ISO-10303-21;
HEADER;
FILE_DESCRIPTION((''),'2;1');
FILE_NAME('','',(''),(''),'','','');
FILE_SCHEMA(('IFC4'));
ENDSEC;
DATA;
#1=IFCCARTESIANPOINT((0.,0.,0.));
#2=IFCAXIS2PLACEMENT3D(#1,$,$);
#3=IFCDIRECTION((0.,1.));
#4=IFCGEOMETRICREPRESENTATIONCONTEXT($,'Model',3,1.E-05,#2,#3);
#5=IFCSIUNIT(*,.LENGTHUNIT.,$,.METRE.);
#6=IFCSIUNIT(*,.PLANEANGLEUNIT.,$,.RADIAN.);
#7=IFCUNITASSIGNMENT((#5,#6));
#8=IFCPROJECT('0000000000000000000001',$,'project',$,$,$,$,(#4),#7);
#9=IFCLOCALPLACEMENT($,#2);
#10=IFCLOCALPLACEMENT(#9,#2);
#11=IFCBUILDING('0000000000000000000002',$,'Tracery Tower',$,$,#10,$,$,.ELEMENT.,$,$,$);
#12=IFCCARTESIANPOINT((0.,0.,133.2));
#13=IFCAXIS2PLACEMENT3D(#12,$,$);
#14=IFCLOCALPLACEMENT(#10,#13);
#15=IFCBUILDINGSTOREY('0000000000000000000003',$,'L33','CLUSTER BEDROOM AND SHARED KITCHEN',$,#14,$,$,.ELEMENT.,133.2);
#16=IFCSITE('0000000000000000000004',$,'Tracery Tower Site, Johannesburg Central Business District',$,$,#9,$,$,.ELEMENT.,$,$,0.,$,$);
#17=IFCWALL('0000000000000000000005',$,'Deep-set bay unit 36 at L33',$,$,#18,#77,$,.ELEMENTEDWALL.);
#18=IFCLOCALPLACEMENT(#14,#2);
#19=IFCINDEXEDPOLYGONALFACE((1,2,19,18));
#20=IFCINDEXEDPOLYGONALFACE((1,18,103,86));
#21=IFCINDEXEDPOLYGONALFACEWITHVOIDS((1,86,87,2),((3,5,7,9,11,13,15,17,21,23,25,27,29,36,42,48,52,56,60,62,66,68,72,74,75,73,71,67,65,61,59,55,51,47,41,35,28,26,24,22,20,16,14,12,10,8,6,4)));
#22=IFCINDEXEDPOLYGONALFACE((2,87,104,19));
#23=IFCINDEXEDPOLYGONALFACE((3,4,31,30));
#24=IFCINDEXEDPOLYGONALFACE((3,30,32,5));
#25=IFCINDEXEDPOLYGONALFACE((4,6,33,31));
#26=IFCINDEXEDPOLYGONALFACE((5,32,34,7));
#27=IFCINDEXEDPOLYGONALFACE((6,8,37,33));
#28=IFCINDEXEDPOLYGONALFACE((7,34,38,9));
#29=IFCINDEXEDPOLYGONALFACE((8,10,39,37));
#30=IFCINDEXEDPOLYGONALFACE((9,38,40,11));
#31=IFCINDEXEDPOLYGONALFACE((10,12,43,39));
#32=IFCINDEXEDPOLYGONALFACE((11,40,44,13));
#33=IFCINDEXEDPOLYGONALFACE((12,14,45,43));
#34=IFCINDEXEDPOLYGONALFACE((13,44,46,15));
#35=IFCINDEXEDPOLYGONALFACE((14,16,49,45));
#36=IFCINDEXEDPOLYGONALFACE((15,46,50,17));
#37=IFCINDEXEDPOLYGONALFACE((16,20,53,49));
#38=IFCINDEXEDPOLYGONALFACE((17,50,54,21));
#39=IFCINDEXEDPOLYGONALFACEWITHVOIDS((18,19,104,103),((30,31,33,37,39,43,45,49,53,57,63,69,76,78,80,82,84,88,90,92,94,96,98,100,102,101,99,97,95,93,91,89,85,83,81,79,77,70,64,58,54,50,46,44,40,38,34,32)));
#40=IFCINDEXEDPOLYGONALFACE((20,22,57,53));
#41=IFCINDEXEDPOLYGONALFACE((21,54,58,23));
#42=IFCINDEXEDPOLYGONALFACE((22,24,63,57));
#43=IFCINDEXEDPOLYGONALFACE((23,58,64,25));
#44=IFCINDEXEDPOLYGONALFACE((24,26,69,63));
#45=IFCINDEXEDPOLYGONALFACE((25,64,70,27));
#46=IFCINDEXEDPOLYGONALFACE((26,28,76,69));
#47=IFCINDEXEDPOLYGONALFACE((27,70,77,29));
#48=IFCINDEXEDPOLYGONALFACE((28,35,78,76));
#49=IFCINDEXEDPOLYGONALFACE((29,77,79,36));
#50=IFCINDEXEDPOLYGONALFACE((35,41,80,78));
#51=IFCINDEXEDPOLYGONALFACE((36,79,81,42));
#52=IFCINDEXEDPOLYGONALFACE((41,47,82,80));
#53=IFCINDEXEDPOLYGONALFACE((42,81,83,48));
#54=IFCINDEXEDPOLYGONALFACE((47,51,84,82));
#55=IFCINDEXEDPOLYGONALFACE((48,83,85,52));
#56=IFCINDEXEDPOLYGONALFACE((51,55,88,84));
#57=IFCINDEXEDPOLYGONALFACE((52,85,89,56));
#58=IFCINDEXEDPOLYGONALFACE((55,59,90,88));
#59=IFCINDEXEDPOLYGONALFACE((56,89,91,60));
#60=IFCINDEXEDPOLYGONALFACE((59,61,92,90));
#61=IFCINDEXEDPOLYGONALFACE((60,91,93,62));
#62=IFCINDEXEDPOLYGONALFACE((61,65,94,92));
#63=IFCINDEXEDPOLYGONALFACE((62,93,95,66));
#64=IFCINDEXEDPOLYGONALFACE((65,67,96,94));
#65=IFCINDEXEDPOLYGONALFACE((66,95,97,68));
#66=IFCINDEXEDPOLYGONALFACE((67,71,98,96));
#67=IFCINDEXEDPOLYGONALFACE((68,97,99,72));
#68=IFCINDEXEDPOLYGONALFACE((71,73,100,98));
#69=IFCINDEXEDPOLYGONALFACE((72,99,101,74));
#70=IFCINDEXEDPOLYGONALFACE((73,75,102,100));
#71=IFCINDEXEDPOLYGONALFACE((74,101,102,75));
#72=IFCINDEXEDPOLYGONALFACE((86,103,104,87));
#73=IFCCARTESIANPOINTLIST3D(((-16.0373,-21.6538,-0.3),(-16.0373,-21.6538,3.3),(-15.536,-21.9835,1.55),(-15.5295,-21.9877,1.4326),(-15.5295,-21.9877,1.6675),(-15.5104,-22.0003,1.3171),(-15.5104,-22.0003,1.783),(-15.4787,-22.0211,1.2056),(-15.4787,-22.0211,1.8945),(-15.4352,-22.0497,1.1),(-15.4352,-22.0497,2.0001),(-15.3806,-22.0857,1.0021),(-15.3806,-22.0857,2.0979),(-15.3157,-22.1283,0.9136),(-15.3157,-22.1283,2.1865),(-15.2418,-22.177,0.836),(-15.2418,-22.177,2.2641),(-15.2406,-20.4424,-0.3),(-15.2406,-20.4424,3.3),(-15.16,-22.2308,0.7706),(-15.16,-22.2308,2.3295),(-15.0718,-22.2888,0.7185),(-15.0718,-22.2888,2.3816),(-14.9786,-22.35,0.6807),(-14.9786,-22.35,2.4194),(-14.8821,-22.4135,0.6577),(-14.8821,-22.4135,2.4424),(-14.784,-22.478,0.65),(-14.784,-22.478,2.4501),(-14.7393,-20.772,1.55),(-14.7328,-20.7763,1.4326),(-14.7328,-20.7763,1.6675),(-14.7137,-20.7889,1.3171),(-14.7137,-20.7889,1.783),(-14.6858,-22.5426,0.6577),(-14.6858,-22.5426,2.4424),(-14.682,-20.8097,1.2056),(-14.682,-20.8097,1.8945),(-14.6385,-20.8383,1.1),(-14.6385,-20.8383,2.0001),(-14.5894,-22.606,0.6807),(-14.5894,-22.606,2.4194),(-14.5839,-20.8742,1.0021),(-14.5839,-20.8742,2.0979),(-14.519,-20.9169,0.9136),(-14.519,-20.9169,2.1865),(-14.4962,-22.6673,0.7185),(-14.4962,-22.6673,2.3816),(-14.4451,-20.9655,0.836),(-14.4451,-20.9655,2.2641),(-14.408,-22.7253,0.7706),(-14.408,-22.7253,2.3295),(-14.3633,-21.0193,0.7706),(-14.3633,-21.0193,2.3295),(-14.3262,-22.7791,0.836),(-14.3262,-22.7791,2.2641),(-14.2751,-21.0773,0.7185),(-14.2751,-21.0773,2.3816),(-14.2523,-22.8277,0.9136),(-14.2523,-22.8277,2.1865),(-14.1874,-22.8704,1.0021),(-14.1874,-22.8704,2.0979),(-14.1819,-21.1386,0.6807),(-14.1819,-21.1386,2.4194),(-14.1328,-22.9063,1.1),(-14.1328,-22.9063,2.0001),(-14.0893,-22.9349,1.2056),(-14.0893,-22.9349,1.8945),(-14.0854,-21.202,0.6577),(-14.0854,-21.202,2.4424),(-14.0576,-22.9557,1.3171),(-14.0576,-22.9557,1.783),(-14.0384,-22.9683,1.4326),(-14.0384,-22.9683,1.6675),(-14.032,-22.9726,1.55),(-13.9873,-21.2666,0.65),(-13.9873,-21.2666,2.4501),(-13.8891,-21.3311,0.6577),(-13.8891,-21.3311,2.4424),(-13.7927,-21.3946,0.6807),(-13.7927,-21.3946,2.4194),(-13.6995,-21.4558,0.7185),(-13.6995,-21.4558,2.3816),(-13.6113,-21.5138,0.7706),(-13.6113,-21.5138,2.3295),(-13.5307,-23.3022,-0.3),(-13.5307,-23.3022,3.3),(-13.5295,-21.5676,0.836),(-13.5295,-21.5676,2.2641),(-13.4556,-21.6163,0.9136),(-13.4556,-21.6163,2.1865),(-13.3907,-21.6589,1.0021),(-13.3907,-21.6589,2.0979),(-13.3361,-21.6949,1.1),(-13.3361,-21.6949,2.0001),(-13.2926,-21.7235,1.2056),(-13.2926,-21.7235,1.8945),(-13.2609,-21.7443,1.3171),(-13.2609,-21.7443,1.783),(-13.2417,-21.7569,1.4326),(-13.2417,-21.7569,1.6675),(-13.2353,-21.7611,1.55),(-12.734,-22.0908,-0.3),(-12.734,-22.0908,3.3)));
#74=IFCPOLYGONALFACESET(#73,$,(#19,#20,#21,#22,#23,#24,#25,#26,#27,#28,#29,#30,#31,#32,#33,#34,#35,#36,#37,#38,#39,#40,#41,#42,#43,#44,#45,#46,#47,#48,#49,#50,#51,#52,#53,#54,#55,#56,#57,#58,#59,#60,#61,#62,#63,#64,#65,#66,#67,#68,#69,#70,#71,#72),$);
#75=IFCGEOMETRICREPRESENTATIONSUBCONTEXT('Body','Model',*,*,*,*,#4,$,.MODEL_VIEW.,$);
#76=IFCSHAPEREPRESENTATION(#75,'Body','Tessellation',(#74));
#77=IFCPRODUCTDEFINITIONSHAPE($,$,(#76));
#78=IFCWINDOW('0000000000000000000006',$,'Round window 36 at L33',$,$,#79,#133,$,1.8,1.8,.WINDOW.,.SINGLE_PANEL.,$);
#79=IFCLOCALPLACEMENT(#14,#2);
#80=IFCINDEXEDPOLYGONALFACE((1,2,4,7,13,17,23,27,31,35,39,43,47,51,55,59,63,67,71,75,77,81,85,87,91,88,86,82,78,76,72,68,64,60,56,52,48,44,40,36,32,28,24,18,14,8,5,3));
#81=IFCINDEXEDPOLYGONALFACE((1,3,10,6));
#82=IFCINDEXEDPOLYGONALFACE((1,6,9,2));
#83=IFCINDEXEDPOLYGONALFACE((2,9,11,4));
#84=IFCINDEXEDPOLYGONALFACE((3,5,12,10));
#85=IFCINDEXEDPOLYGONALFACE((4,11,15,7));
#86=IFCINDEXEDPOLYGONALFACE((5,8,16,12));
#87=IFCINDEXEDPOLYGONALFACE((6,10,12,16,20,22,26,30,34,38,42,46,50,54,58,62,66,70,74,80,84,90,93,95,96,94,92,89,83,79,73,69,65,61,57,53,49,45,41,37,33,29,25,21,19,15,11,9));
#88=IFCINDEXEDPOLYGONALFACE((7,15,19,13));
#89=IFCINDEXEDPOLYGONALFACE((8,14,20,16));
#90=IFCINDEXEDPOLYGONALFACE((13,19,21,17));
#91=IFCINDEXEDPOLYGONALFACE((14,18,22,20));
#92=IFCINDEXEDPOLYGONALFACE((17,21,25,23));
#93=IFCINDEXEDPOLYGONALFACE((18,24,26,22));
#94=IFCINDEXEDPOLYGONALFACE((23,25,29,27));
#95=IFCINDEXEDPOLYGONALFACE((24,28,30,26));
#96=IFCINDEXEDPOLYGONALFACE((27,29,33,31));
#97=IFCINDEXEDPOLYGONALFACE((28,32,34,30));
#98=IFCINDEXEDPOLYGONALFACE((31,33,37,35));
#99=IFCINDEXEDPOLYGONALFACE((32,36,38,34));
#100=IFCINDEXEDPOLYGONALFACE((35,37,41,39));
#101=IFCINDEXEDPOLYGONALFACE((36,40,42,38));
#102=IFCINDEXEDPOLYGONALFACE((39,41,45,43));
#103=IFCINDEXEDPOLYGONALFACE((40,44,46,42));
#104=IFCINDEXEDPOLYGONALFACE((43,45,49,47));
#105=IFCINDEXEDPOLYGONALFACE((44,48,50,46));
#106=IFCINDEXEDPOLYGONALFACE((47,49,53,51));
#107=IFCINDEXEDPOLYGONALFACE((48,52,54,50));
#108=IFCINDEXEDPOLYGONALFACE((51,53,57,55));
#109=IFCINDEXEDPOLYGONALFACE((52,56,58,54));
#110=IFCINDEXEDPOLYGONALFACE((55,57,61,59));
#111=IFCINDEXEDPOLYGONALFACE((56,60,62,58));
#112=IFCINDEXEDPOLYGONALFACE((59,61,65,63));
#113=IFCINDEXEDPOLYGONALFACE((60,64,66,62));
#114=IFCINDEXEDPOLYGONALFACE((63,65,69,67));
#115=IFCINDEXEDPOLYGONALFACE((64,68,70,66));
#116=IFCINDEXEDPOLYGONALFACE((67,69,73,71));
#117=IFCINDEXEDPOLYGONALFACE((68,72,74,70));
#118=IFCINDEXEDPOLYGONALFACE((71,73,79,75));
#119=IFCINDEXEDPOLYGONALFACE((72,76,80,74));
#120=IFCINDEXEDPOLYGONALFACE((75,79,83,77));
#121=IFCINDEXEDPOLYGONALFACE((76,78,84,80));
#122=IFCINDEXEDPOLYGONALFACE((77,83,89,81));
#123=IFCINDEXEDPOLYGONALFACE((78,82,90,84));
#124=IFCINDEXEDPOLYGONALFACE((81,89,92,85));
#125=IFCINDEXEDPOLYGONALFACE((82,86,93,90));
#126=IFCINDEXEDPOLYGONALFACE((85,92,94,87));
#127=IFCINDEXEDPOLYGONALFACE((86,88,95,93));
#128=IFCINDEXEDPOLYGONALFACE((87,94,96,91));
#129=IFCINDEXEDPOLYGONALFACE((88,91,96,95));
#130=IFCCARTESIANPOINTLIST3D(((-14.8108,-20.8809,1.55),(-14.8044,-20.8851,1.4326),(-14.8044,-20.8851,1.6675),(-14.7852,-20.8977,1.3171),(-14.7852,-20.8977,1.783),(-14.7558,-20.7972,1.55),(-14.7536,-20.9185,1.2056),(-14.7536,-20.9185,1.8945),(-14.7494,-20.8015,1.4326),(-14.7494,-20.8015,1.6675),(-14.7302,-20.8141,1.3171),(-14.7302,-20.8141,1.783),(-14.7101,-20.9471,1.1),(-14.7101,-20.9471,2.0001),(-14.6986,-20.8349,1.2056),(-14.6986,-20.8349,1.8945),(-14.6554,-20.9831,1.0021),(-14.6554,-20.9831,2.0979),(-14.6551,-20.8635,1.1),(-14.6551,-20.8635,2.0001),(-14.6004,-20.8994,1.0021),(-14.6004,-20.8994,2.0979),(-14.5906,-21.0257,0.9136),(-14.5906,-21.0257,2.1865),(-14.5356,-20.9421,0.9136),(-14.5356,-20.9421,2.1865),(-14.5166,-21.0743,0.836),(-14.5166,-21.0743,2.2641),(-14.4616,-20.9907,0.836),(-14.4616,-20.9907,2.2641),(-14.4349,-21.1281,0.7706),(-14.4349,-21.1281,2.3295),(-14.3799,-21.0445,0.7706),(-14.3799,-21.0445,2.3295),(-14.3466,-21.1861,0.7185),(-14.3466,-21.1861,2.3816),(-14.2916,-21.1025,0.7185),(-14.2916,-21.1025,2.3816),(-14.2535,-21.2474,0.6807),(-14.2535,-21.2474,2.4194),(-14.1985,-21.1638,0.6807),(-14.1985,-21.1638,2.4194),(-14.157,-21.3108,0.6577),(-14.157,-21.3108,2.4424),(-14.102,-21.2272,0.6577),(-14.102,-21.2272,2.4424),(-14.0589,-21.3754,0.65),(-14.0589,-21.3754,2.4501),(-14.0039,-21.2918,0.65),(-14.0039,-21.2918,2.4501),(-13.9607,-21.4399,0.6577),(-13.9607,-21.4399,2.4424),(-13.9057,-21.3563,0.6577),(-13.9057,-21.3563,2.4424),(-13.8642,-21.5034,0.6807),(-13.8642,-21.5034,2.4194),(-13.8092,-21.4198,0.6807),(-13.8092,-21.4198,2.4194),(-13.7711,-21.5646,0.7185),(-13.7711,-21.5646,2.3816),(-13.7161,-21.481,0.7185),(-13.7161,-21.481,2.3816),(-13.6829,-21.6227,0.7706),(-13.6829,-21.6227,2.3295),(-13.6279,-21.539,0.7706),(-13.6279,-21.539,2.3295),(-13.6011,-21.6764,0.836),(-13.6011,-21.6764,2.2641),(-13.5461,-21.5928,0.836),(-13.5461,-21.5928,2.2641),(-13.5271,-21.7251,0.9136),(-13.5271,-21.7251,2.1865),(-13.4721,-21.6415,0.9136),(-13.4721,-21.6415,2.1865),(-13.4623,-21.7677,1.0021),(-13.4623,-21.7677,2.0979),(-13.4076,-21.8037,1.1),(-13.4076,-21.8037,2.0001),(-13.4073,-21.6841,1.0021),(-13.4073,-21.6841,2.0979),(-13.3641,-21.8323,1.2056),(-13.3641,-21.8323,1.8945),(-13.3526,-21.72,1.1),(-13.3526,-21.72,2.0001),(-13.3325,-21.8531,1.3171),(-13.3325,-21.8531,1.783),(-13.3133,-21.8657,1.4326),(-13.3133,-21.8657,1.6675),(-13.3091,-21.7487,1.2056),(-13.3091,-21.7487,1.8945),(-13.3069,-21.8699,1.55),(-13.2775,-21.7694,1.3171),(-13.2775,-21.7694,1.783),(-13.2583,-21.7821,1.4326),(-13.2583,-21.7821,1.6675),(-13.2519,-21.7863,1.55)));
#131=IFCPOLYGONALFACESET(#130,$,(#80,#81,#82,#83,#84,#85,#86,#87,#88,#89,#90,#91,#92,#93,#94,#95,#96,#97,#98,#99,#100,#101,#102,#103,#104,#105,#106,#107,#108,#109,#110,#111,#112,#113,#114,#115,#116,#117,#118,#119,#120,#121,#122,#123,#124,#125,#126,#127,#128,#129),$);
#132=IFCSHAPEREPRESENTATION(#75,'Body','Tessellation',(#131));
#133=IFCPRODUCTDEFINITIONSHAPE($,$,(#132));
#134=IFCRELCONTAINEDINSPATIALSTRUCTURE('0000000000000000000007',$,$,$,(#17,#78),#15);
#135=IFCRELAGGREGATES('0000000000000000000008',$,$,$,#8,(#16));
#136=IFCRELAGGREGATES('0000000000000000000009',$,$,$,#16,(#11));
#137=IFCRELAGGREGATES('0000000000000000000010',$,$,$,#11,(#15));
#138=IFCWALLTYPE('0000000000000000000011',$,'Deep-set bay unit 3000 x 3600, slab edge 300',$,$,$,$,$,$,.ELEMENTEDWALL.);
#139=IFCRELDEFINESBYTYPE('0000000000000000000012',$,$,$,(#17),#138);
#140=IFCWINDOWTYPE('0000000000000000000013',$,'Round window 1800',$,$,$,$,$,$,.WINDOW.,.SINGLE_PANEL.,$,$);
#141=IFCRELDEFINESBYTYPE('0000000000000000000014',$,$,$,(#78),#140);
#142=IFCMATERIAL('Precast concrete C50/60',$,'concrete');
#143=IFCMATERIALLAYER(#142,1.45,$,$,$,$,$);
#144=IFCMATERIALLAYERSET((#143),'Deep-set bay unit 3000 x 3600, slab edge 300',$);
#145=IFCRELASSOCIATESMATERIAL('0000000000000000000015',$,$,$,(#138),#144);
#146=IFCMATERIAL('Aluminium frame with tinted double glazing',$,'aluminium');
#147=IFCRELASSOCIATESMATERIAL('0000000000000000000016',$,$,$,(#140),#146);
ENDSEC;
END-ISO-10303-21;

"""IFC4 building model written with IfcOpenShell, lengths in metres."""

from ifc_helpers import new_model, si_unit, direction, frame, frame_2d, origin, origin_2d, place, context, subcontext, project, spatial, rectangle, circle, extrude, material, layer, layer_set, type_object, element, fill, save


model = new_model("IFC4")

# Units and contexts
model_context = context("Model", 3, precision=1e-05, world=origin(), true_north=direction((0.0, 1.0)))
body_context = subcontext(model_context, "Body", "Model", "MODEL_VIEW")
ifc_project = project(units=[si_unit("LENGTHUNIT", "METRE"), si_unit("PLANEANGLEUNIT", "RADIAN")], contexts=[model_context])

# Site, building, storey
site_placement = place(None, origin())
site = spatial("IfcSite", under=ifc_project, at=site_placement, Name="Tracery Tower Site, Johannesburg Central Business District", CompositionType="ELEMENT", RefElevation=0.0)
building_placement = place(site_placement, origin())
building = spatial("IfcBuilding", under=site, at=building_placement, Name="Tracery Tower", CompositionType="ELEMENT")
storey_placement = place(building_placement, frame((0.0, 0.0, 133.2)))
storey = spatial("IfcBuildingStorey", under=building, at=storey_placement, Name="L33", Description="CLUSTER BEDROOM AND SHARED KITCHEN", CompositionType="ELEMENT", Elevation=133.2)

# Wall, opening, window
ifc_material_1 = material(Name="Precast concrete C50/60", Category="concrete")
ifc_layer_1 = layer(ifc_material_1, 1.45)
ifc_layer_set_1 = layer_set([ifc_layer_1], Name="Deep-set bay unit 3000 x 3600, slab edge 300")
wall_type_1 = type_object("IfcWallType", Name="Deep-set bay unit 3000 x 3600, slab edge 300", PredefinedType="ELEMENTEDWALL", material=ifc_layer_set_1)
ifc_material_2 = material(Name="Aluminium frame with tinted double glazing", Category="aluminium")
window_type = type_object("IfcWindowType", Name="Round window 1800", PartitioningType="SINGLE_PANEL", PredefinedType="WINDOW", material=ifc_material_2)
wall_1_placement = place(storey_placement, frame((-15.6389, -21.0481, -0.3), z_axis=(0.0, 0.0, 1.0), x_axis=(0.835514, -0.549469, 0.0)))
wall_1 = element("IfcWall", 1, at=wall_1_placement, inside=storey, type_object=wall_type_1, Name="Deep-set bay unit 36 at L33", PredefinedType="ELEMENTEDWALL", context=body_context, shape_type="SweptSolid", body=[
    extrude(rectangle(XDim=3.0, YDim=1.45, at=frame_2d((1.5, 0.0))), origin(), (0.0, 0.0, 1.0), 3.6001),
])
opening_1_placement = place(wall_1_placement, frame((1.5, 0.0, 1.8501)))
opening_1 = element("IfcOpeningElement", 2, at=opening_1_placement, cuts=wall_1, PredefinedType="OPENING", context=body_context, shape_type="SweptSolid", body=[
    extrude(circle(Radius=0.9, at=origin_2d()), frame((0.0, 0.7349, 0.0), z_axis=(0.0, -1.0, 0.0), x_axis=(1.0, 0.0, 0.0)), (0.0, 0.0, 1.0), 1.47),
])
window_1_placement = place(opening_1_placement, origin())
window_1 = element("IfcWindow", 3, at=window_1_placement, inside=storey, type_object=window_type, Name="Round window 36 at L33", OverallHeight=1.8, OverallWidth=1.8, PartitioningType="SINGLE_PANEL", PredefinedType="WINDOW", context=body_context, shape_type="SweptSolid", body=[
    extrude(circle(Radius=0.9, at=origin_2d()), frame((0.0, 0.6948, 0.0), z_axis=(0.0, -1.0, 0.0), x_axis=(1.0, 0.0, 0.0)), (0.0, 0.0, 1.0), 0.1001),
])
fill(opening_1, window_1)

save(model, "model.ifc")
